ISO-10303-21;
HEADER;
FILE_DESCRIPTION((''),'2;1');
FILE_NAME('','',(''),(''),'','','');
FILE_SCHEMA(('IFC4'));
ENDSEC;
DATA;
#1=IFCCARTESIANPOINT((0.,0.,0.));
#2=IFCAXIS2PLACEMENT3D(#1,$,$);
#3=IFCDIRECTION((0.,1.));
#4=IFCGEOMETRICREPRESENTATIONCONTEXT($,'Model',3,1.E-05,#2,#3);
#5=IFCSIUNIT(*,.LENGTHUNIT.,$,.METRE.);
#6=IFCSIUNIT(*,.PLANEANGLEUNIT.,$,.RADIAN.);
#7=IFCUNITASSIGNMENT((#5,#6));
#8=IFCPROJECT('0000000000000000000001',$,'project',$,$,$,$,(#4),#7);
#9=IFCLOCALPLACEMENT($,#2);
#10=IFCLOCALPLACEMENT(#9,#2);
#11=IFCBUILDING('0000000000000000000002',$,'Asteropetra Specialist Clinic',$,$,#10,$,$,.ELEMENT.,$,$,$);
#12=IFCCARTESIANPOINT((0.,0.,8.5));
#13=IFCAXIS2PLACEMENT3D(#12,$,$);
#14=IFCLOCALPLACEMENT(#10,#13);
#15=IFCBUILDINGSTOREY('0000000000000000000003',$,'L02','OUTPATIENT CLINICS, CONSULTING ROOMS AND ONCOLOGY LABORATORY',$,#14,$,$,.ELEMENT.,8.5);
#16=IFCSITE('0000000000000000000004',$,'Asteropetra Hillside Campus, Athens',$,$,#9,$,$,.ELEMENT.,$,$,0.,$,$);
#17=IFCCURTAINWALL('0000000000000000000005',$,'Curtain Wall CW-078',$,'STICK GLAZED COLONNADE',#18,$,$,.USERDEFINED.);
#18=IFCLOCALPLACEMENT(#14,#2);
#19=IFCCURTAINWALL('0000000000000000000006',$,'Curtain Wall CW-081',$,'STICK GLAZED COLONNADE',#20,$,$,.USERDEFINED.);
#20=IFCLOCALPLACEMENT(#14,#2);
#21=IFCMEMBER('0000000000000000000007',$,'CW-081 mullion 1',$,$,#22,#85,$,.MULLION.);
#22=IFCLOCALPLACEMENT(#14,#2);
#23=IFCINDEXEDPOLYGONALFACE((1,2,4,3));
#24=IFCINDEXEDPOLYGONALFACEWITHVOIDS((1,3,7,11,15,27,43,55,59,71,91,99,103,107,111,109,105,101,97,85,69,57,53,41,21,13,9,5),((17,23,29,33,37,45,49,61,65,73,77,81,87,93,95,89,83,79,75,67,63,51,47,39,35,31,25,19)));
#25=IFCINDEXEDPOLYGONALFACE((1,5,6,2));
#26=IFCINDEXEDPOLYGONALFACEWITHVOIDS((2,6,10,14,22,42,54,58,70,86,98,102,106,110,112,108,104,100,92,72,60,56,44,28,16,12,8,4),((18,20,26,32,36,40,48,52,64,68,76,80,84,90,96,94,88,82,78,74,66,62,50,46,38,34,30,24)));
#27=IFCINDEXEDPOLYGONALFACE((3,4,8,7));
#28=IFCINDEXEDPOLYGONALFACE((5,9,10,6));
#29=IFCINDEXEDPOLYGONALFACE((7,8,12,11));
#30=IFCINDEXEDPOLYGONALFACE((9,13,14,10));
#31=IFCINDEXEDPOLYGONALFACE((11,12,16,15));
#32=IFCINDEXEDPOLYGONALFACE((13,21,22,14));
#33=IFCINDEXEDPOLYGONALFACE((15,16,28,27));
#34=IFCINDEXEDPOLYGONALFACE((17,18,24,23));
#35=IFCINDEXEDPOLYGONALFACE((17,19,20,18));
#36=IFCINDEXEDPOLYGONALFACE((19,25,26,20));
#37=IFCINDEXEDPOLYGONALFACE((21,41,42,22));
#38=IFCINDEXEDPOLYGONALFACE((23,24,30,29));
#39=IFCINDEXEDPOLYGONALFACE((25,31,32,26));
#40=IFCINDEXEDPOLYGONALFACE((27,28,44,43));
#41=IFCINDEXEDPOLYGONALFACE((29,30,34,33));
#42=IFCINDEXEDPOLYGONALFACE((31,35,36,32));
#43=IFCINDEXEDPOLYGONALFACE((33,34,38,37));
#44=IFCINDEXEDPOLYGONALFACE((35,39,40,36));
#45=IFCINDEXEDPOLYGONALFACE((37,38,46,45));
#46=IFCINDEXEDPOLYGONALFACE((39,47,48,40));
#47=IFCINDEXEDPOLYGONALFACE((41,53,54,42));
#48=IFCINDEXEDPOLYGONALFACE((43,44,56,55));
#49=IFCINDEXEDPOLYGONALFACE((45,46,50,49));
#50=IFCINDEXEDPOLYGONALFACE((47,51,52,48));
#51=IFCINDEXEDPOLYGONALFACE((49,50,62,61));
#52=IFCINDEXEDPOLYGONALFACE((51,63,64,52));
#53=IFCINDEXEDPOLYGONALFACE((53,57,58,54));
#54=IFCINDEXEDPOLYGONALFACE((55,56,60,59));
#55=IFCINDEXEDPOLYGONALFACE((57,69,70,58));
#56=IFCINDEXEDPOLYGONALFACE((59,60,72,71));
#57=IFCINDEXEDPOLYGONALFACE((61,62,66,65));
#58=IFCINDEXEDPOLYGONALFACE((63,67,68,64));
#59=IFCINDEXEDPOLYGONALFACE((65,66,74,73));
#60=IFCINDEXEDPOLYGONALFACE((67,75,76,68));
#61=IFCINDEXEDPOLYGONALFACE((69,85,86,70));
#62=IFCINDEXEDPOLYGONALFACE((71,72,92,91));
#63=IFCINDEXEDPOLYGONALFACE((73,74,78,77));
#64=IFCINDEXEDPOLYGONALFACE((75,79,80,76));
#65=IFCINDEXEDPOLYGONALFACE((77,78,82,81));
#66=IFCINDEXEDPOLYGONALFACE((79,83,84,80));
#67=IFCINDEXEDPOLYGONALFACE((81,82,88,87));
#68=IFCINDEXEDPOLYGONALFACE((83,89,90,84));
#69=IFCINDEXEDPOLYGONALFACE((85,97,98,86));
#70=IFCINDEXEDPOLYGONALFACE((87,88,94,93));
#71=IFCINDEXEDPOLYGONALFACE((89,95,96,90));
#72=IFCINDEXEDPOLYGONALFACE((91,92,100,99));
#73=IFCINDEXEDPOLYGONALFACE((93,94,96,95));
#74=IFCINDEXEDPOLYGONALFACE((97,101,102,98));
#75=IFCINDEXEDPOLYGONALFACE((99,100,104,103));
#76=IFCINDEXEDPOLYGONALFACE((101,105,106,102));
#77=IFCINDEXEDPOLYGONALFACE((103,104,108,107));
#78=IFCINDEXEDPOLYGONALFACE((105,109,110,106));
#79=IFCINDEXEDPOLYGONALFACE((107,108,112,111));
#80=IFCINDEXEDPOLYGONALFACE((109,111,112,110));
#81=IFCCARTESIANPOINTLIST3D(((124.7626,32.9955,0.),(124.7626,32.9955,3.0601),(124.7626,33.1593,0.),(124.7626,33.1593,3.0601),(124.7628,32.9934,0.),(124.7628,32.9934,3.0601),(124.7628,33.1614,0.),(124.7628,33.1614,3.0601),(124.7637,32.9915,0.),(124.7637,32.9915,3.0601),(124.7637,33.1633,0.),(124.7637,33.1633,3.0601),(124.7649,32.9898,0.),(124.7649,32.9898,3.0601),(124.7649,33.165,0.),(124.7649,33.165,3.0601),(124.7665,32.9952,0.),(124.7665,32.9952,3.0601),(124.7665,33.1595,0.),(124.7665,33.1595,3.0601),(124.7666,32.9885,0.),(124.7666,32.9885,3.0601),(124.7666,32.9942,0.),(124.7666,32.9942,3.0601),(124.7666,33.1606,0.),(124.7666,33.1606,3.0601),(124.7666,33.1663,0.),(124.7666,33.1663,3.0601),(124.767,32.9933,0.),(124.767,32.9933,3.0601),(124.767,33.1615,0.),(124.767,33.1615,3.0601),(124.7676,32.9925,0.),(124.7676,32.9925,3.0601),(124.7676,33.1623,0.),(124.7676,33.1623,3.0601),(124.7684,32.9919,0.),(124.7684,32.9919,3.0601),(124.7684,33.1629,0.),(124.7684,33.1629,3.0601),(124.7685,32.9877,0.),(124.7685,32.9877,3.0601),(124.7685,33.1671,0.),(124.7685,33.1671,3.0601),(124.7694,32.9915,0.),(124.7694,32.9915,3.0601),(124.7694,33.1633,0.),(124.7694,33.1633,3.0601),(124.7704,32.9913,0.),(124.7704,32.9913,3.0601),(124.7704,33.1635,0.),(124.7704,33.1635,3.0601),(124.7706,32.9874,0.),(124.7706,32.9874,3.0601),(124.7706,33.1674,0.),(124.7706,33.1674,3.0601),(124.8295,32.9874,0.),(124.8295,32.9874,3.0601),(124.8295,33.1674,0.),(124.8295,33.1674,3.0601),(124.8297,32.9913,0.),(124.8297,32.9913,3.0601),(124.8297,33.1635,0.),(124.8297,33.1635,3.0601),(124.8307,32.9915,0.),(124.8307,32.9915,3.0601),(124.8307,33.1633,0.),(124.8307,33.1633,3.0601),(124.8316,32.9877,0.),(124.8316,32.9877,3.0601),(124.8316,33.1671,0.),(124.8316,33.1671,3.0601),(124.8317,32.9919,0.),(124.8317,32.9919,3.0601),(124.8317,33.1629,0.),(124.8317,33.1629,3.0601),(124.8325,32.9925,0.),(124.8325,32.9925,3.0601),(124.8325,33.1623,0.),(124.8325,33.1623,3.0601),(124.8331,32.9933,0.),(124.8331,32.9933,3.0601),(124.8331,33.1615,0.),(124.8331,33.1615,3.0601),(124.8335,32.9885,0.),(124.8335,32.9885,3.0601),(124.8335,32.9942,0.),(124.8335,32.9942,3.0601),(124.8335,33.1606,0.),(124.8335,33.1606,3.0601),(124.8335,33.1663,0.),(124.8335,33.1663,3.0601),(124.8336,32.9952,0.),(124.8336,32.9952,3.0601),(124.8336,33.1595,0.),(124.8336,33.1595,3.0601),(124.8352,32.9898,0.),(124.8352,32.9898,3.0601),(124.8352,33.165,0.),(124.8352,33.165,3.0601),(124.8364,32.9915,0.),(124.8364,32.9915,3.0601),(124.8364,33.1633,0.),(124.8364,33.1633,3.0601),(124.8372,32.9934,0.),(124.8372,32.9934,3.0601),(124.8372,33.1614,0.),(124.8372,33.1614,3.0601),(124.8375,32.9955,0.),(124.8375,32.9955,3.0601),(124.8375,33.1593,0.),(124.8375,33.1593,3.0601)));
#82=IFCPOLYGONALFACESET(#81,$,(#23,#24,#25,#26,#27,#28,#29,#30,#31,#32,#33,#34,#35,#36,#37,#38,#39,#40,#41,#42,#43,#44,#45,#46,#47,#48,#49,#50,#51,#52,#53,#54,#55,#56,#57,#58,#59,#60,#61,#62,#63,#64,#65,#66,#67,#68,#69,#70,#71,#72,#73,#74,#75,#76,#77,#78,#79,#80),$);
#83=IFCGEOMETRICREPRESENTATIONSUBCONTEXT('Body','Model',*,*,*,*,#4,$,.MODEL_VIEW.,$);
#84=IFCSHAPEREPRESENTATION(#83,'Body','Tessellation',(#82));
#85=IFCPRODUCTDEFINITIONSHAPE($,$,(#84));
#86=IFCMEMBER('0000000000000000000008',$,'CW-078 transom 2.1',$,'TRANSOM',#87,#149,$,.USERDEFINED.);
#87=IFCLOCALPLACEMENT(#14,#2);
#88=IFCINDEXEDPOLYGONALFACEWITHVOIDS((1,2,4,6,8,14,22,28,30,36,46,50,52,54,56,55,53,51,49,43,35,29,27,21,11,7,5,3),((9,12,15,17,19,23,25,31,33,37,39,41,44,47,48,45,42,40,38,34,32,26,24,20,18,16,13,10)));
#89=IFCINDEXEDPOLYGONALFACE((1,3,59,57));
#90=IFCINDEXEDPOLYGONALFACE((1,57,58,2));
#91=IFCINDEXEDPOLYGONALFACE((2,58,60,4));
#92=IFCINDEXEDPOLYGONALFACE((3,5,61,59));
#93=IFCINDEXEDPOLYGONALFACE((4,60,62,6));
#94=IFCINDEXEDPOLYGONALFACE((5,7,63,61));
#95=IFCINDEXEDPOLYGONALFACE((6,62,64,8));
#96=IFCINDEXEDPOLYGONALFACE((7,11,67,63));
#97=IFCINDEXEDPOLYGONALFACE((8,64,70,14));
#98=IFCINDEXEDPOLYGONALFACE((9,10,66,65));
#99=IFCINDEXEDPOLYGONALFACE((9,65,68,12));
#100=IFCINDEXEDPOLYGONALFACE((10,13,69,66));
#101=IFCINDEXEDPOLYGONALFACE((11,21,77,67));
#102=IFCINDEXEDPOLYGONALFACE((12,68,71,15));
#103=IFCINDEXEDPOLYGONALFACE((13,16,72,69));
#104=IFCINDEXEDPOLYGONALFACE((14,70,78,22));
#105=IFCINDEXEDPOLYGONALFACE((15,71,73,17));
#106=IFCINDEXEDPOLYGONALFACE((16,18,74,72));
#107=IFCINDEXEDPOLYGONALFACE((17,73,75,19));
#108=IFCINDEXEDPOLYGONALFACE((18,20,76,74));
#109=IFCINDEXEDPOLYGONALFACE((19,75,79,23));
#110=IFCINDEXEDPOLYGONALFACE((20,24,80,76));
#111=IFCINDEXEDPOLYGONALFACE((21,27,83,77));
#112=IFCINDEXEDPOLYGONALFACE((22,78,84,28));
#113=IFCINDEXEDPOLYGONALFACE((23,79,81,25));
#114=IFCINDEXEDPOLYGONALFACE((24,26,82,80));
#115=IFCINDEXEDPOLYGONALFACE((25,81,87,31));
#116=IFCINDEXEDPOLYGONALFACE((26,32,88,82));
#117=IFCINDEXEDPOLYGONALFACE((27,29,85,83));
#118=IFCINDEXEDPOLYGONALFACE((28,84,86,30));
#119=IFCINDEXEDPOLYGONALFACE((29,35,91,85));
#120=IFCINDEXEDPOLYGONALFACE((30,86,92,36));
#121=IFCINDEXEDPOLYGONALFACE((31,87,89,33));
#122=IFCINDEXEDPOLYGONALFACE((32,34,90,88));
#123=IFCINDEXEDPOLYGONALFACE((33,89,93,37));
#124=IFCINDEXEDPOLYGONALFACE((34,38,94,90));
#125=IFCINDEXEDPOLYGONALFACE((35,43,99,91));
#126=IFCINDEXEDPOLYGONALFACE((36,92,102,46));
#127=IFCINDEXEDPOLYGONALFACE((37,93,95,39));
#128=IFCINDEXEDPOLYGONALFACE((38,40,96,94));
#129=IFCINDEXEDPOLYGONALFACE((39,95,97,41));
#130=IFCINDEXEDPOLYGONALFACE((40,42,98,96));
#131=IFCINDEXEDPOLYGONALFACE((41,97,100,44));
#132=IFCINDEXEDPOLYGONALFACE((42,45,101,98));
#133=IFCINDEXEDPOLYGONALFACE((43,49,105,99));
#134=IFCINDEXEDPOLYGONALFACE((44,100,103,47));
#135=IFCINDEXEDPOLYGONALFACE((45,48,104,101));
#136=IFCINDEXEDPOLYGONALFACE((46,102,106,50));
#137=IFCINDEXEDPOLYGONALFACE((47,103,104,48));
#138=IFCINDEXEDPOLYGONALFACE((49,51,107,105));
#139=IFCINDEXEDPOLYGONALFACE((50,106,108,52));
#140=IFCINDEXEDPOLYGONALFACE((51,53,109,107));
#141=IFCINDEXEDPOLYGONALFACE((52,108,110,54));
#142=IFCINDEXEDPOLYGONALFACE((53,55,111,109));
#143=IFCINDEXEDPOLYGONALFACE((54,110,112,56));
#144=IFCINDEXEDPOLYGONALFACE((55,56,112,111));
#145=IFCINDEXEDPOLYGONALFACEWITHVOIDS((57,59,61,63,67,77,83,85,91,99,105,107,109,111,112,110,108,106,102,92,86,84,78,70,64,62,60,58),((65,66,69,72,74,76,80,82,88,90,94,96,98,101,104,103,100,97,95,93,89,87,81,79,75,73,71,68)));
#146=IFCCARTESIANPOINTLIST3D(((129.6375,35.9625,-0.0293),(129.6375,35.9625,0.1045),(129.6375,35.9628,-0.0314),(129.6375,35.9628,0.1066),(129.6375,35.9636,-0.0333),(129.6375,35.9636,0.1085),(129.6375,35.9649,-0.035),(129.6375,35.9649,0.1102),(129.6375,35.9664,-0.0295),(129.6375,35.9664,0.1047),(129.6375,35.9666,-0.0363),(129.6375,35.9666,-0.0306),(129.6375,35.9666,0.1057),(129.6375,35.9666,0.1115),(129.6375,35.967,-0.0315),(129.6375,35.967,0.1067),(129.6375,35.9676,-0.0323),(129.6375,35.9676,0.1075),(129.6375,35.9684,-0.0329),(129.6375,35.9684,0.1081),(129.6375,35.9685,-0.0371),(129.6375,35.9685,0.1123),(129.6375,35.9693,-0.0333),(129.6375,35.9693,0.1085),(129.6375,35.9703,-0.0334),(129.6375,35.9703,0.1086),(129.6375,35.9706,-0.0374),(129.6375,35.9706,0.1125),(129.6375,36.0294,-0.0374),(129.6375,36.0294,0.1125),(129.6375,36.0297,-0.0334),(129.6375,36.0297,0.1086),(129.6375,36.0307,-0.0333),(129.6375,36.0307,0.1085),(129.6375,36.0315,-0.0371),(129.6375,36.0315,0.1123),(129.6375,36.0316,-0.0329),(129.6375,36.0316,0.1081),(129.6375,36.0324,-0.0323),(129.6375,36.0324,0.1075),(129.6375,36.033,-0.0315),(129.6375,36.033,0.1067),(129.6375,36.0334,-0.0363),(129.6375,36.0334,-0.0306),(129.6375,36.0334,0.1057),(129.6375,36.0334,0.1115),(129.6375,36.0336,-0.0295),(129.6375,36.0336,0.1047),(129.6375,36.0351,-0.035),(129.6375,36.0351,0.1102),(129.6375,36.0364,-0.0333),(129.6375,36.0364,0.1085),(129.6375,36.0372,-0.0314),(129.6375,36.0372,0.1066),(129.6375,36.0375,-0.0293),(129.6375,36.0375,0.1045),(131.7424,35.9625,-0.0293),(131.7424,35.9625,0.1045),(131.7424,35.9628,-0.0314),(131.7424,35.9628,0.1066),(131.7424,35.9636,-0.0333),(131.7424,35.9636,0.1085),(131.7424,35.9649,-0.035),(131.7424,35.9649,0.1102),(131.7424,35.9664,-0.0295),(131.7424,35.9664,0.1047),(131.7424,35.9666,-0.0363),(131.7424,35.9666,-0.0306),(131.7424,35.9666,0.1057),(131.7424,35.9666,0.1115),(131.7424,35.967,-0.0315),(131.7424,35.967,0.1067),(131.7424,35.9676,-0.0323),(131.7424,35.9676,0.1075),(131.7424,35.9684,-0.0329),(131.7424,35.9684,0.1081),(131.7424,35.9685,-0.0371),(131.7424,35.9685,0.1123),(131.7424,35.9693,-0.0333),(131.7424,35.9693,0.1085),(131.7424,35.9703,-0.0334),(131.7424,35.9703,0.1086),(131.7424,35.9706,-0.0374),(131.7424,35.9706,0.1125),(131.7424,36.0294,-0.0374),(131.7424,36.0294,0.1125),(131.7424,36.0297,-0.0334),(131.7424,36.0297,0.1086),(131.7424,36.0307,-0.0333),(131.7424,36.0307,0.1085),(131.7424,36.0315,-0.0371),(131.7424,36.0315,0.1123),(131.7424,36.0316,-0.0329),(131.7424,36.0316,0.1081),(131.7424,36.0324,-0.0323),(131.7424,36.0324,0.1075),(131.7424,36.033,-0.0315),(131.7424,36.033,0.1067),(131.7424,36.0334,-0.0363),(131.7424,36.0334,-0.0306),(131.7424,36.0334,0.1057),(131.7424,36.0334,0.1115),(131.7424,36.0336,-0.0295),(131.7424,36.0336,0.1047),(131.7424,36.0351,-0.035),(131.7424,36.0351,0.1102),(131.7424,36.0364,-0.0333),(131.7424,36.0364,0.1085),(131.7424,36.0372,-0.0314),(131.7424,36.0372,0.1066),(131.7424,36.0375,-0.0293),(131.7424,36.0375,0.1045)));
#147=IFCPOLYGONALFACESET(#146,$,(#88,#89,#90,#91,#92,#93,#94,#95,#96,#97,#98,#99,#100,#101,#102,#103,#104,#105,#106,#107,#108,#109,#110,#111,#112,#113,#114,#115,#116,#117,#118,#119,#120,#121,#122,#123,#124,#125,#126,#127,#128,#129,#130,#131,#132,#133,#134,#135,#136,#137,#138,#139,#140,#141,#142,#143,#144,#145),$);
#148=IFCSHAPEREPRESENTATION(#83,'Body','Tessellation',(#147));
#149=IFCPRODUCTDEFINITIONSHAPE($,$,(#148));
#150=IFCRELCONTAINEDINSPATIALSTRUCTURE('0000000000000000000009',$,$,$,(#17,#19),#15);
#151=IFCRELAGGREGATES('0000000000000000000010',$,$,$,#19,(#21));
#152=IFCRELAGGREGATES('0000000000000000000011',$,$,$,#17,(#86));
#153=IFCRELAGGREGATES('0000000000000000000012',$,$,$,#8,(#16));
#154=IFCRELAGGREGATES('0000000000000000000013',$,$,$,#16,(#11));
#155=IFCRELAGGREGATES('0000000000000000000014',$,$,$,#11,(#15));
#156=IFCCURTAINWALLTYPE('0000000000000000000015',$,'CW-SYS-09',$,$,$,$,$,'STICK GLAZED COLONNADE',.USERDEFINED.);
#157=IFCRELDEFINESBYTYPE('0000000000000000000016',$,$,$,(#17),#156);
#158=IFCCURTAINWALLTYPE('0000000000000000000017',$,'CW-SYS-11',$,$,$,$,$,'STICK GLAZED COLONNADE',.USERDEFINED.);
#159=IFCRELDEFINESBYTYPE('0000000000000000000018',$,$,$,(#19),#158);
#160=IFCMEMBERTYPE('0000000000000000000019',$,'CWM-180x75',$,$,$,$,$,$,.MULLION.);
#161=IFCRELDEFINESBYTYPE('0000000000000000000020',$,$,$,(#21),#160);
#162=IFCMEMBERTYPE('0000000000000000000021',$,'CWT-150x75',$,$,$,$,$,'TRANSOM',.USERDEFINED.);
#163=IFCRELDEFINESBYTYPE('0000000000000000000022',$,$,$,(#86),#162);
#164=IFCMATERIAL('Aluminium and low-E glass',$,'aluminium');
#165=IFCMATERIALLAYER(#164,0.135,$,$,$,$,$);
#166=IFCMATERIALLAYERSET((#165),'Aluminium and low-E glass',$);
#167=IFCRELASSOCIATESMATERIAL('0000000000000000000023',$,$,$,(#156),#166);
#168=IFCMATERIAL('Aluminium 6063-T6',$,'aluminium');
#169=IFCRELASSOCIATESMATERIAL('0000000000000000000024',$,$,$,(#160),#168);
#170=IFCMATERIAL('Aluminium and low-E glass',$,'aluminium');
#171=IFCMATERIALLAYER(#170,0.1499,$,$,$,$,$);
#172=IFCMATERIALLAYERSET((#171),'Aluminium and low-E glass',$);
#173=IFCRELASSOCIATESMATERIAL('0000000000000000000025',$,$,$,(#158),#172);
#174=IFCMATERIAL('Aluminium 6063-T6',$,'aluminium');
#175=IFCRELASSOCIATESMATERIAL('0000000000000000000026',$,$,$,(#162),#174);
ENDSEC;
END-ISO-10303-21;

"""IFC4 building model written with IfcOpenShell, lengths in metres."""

from ifc_helpers import new_model, si_unit, direction, frame, origin, origin_2d, place, context, subcontext, project, spatial, hollow_rectangle, extrude, material, layer, layer_set, material_profile, profile_set, type_object, element, aggregate, save


model = new_model("IFC4")

# Units and contexts
model_context = context("Model", 3, precision=1e-05, world=origin(), true_north=direction((0.0, 1.0)))
body_context = subcontext(model_context, "Body", "Model", "MODEL_VIEW")
ifc_project = project(units=[si_unit("LENGTHUNIT", "METRE"), si_unit("PLANEANGLEUNIT", "RADIAN")], contexts=[model_context])

# Site, building, storey
site_placement = place(None, origin())
site = spatial("IfcSite", under=ifc_project, at=site_placement, Name="Asteropetra Hillside Campus, Athens", CompositionType="ELEMENT", RefElevation=0.0)
building_placement = place(site_placement, origin())
building = spatial("IfcBuilding", under=site, at=building_placement, Name="Asteropetra Specialist Clinic", CompositionType="ELEMENT")
storey_placement = place(building_placement, frame((0.0, 0.0, 8.5)))
storey = spatial("IfcBuildingStorey", under=building, at=storey_placement, Name="L02", Description="OUTPATIENT CLINICS, CONSULTING ROOMS AND ONCOLOGY LABORATORY", CompositionType="ELEMENT", Elevation=8.5)

# Curtain wall
ifc_material_1 = material(Name="Aluminium and low-E glass", Category="aluminium")
ifc_layer_1 = layer(ifc_material_1, 0.135)
ifc_layer_set_1 = layer_set([ifc_layer_1], Name="Aluminium and low-E glass")
curtain_wall_type_1 = type_object("IfcCurtainWallType", Name="CW-SYS-09", ElementType="STICK GLAZED COLONNADE", PredefinedType="USERDEFINED", material=ifc_layer_set_1)
curtain_wall_1_placement = place(storey_placement, origin())
curtain_wall_1 = element("IfcCurtainWall", 1, at=curtain_wall_1_placement, inside=storey, type_object=curtain_wall_type_1, Name="Curtain Wall CW-078", ObjectType="STICK GLAZED COLONNADE", PredefinedType="USERDEFINED")
ifc_material_2 = material(Name="Aluminium 6063-T6", Category="aluminium")
ifc_material_profile_1 = material_profile(ifc_material_2, hollow_rectangle(XDim=0.075, YDim=0.1799, WallThickness=0.0039, InnerFilletRadius=0.0039, OuterFilletRadius=0.0081, at=origin_2d()), Name="MUL 180x75x4.0")
ifc_profile_set_1 = profile_set([ifc_material_profile_1], Name="Aluminium 6063-T6")
member_type_1 = type_object("IfcMemberType", Name="CWM-180x75", PredefinedType="MULLION", material=ifc_profile_set_1)

# Curtain wall, member
ifc_material_3 = material(Name="Aluminium and low-E glass", Category="aluminium")
ifc_layer_2 = layer(ifc_material_3, 0.1499)
ifc_layer_set_2 = layer_set([ifc_layer_2], Name="Aluminium and low-E glass")
curtain_wall_type_2 = type_object("IfcCurtainWallType", Name="CW-SYS-11", ElementType="STICK GLAZED COLONNADE", PredefinedType="USERDEFINED", material=ifc_layer_set_2)
curtain_wall_2_placement = place(storey_placement, origin())
curtain_wall_2 = element("IfcCurtainWall", 2, at=curtain_wall_2_placement, inside=storey, type_object=curtain_wall_type_2, Name="Curtain Wall CW-081", ObjectType="STICK GLAZED COLONNADE", PredefinedType="USERDEFINED")
member_1_placement = place(storey_placement, frame((124.8, 33.0774, 0.0), z_axis=(0.0, 0.0, 1.0), x_axis=(1.0, 0.0, 0.0)))
member_1 = element("IfcMember", 3, at=member_1_placement, type_object=member_type_1, Name="CW-081 mullion 1", PredefinedType="MULLION", context=body_context, shape_type="SweptSolid", body=[
    extrude(hollow_rectangle(XDim=0.075, YDim=0.1799, WallThickness=0.0039, InnerFilletRadius=0.0039, OuterFilletRadius=0.0081, at=origin_2d()), origin(), (0.0, 0.0, 1.0), 3.0601),
])

# Member
ifc_material_4 = material(Name="Aluminium 6063-T6", Category="aluminium")
ifc_material_profile_2 = material_profile(ifc_material_4, hollow_rectangle(XDim=0.075, YDim=0.1499, WallThickness=0.0039, InnerFilletRadius=0.0039, OuterFilletRadius=0.0081, at=origin_2d()), Name="TRN 150x75x4.0")
ifc_profile_set_2 = profile_set([ifc_material_profile_2], Name="Aluminium 6063-T6")
member_type_2 = type_object("IfcMemberType", Name="CWT-150x75", ElementType="TRANSOM", PredefinedType="USERDEFINED", material=ifc_profile_set_2)
member_2_placement = place(storey_placement, frame((131.7424, 36.0, 0.0376), z_axis=(-1.0, 0.0, 0.0), x_axis=(0.0, -1.0, 0.0)))
member_2 = element("IfcMember", 4, at=member_2_placement, type_object=member_type_2, Name="CW-078 transom 2.1", ObjectType="TRANSOM", PredefinedType="USERDEFINED", context=body_context, shape_type="SweptSolid", body=[
    extrude(hollow_rectangle(XDim=0.075, YDim=0.1499, WallThickness=0.0039, InnerFilletRadius=0.0039, OuterFilletRadius=0.0081, at=origin_2d()), origin(), (0.0, 0.0, 1.0), 2.105),
])
aggregate(curtain_wall_2, [member_1])

aggregate(curtain_wall_1, [member_2])

save(model, "model.ifc")
